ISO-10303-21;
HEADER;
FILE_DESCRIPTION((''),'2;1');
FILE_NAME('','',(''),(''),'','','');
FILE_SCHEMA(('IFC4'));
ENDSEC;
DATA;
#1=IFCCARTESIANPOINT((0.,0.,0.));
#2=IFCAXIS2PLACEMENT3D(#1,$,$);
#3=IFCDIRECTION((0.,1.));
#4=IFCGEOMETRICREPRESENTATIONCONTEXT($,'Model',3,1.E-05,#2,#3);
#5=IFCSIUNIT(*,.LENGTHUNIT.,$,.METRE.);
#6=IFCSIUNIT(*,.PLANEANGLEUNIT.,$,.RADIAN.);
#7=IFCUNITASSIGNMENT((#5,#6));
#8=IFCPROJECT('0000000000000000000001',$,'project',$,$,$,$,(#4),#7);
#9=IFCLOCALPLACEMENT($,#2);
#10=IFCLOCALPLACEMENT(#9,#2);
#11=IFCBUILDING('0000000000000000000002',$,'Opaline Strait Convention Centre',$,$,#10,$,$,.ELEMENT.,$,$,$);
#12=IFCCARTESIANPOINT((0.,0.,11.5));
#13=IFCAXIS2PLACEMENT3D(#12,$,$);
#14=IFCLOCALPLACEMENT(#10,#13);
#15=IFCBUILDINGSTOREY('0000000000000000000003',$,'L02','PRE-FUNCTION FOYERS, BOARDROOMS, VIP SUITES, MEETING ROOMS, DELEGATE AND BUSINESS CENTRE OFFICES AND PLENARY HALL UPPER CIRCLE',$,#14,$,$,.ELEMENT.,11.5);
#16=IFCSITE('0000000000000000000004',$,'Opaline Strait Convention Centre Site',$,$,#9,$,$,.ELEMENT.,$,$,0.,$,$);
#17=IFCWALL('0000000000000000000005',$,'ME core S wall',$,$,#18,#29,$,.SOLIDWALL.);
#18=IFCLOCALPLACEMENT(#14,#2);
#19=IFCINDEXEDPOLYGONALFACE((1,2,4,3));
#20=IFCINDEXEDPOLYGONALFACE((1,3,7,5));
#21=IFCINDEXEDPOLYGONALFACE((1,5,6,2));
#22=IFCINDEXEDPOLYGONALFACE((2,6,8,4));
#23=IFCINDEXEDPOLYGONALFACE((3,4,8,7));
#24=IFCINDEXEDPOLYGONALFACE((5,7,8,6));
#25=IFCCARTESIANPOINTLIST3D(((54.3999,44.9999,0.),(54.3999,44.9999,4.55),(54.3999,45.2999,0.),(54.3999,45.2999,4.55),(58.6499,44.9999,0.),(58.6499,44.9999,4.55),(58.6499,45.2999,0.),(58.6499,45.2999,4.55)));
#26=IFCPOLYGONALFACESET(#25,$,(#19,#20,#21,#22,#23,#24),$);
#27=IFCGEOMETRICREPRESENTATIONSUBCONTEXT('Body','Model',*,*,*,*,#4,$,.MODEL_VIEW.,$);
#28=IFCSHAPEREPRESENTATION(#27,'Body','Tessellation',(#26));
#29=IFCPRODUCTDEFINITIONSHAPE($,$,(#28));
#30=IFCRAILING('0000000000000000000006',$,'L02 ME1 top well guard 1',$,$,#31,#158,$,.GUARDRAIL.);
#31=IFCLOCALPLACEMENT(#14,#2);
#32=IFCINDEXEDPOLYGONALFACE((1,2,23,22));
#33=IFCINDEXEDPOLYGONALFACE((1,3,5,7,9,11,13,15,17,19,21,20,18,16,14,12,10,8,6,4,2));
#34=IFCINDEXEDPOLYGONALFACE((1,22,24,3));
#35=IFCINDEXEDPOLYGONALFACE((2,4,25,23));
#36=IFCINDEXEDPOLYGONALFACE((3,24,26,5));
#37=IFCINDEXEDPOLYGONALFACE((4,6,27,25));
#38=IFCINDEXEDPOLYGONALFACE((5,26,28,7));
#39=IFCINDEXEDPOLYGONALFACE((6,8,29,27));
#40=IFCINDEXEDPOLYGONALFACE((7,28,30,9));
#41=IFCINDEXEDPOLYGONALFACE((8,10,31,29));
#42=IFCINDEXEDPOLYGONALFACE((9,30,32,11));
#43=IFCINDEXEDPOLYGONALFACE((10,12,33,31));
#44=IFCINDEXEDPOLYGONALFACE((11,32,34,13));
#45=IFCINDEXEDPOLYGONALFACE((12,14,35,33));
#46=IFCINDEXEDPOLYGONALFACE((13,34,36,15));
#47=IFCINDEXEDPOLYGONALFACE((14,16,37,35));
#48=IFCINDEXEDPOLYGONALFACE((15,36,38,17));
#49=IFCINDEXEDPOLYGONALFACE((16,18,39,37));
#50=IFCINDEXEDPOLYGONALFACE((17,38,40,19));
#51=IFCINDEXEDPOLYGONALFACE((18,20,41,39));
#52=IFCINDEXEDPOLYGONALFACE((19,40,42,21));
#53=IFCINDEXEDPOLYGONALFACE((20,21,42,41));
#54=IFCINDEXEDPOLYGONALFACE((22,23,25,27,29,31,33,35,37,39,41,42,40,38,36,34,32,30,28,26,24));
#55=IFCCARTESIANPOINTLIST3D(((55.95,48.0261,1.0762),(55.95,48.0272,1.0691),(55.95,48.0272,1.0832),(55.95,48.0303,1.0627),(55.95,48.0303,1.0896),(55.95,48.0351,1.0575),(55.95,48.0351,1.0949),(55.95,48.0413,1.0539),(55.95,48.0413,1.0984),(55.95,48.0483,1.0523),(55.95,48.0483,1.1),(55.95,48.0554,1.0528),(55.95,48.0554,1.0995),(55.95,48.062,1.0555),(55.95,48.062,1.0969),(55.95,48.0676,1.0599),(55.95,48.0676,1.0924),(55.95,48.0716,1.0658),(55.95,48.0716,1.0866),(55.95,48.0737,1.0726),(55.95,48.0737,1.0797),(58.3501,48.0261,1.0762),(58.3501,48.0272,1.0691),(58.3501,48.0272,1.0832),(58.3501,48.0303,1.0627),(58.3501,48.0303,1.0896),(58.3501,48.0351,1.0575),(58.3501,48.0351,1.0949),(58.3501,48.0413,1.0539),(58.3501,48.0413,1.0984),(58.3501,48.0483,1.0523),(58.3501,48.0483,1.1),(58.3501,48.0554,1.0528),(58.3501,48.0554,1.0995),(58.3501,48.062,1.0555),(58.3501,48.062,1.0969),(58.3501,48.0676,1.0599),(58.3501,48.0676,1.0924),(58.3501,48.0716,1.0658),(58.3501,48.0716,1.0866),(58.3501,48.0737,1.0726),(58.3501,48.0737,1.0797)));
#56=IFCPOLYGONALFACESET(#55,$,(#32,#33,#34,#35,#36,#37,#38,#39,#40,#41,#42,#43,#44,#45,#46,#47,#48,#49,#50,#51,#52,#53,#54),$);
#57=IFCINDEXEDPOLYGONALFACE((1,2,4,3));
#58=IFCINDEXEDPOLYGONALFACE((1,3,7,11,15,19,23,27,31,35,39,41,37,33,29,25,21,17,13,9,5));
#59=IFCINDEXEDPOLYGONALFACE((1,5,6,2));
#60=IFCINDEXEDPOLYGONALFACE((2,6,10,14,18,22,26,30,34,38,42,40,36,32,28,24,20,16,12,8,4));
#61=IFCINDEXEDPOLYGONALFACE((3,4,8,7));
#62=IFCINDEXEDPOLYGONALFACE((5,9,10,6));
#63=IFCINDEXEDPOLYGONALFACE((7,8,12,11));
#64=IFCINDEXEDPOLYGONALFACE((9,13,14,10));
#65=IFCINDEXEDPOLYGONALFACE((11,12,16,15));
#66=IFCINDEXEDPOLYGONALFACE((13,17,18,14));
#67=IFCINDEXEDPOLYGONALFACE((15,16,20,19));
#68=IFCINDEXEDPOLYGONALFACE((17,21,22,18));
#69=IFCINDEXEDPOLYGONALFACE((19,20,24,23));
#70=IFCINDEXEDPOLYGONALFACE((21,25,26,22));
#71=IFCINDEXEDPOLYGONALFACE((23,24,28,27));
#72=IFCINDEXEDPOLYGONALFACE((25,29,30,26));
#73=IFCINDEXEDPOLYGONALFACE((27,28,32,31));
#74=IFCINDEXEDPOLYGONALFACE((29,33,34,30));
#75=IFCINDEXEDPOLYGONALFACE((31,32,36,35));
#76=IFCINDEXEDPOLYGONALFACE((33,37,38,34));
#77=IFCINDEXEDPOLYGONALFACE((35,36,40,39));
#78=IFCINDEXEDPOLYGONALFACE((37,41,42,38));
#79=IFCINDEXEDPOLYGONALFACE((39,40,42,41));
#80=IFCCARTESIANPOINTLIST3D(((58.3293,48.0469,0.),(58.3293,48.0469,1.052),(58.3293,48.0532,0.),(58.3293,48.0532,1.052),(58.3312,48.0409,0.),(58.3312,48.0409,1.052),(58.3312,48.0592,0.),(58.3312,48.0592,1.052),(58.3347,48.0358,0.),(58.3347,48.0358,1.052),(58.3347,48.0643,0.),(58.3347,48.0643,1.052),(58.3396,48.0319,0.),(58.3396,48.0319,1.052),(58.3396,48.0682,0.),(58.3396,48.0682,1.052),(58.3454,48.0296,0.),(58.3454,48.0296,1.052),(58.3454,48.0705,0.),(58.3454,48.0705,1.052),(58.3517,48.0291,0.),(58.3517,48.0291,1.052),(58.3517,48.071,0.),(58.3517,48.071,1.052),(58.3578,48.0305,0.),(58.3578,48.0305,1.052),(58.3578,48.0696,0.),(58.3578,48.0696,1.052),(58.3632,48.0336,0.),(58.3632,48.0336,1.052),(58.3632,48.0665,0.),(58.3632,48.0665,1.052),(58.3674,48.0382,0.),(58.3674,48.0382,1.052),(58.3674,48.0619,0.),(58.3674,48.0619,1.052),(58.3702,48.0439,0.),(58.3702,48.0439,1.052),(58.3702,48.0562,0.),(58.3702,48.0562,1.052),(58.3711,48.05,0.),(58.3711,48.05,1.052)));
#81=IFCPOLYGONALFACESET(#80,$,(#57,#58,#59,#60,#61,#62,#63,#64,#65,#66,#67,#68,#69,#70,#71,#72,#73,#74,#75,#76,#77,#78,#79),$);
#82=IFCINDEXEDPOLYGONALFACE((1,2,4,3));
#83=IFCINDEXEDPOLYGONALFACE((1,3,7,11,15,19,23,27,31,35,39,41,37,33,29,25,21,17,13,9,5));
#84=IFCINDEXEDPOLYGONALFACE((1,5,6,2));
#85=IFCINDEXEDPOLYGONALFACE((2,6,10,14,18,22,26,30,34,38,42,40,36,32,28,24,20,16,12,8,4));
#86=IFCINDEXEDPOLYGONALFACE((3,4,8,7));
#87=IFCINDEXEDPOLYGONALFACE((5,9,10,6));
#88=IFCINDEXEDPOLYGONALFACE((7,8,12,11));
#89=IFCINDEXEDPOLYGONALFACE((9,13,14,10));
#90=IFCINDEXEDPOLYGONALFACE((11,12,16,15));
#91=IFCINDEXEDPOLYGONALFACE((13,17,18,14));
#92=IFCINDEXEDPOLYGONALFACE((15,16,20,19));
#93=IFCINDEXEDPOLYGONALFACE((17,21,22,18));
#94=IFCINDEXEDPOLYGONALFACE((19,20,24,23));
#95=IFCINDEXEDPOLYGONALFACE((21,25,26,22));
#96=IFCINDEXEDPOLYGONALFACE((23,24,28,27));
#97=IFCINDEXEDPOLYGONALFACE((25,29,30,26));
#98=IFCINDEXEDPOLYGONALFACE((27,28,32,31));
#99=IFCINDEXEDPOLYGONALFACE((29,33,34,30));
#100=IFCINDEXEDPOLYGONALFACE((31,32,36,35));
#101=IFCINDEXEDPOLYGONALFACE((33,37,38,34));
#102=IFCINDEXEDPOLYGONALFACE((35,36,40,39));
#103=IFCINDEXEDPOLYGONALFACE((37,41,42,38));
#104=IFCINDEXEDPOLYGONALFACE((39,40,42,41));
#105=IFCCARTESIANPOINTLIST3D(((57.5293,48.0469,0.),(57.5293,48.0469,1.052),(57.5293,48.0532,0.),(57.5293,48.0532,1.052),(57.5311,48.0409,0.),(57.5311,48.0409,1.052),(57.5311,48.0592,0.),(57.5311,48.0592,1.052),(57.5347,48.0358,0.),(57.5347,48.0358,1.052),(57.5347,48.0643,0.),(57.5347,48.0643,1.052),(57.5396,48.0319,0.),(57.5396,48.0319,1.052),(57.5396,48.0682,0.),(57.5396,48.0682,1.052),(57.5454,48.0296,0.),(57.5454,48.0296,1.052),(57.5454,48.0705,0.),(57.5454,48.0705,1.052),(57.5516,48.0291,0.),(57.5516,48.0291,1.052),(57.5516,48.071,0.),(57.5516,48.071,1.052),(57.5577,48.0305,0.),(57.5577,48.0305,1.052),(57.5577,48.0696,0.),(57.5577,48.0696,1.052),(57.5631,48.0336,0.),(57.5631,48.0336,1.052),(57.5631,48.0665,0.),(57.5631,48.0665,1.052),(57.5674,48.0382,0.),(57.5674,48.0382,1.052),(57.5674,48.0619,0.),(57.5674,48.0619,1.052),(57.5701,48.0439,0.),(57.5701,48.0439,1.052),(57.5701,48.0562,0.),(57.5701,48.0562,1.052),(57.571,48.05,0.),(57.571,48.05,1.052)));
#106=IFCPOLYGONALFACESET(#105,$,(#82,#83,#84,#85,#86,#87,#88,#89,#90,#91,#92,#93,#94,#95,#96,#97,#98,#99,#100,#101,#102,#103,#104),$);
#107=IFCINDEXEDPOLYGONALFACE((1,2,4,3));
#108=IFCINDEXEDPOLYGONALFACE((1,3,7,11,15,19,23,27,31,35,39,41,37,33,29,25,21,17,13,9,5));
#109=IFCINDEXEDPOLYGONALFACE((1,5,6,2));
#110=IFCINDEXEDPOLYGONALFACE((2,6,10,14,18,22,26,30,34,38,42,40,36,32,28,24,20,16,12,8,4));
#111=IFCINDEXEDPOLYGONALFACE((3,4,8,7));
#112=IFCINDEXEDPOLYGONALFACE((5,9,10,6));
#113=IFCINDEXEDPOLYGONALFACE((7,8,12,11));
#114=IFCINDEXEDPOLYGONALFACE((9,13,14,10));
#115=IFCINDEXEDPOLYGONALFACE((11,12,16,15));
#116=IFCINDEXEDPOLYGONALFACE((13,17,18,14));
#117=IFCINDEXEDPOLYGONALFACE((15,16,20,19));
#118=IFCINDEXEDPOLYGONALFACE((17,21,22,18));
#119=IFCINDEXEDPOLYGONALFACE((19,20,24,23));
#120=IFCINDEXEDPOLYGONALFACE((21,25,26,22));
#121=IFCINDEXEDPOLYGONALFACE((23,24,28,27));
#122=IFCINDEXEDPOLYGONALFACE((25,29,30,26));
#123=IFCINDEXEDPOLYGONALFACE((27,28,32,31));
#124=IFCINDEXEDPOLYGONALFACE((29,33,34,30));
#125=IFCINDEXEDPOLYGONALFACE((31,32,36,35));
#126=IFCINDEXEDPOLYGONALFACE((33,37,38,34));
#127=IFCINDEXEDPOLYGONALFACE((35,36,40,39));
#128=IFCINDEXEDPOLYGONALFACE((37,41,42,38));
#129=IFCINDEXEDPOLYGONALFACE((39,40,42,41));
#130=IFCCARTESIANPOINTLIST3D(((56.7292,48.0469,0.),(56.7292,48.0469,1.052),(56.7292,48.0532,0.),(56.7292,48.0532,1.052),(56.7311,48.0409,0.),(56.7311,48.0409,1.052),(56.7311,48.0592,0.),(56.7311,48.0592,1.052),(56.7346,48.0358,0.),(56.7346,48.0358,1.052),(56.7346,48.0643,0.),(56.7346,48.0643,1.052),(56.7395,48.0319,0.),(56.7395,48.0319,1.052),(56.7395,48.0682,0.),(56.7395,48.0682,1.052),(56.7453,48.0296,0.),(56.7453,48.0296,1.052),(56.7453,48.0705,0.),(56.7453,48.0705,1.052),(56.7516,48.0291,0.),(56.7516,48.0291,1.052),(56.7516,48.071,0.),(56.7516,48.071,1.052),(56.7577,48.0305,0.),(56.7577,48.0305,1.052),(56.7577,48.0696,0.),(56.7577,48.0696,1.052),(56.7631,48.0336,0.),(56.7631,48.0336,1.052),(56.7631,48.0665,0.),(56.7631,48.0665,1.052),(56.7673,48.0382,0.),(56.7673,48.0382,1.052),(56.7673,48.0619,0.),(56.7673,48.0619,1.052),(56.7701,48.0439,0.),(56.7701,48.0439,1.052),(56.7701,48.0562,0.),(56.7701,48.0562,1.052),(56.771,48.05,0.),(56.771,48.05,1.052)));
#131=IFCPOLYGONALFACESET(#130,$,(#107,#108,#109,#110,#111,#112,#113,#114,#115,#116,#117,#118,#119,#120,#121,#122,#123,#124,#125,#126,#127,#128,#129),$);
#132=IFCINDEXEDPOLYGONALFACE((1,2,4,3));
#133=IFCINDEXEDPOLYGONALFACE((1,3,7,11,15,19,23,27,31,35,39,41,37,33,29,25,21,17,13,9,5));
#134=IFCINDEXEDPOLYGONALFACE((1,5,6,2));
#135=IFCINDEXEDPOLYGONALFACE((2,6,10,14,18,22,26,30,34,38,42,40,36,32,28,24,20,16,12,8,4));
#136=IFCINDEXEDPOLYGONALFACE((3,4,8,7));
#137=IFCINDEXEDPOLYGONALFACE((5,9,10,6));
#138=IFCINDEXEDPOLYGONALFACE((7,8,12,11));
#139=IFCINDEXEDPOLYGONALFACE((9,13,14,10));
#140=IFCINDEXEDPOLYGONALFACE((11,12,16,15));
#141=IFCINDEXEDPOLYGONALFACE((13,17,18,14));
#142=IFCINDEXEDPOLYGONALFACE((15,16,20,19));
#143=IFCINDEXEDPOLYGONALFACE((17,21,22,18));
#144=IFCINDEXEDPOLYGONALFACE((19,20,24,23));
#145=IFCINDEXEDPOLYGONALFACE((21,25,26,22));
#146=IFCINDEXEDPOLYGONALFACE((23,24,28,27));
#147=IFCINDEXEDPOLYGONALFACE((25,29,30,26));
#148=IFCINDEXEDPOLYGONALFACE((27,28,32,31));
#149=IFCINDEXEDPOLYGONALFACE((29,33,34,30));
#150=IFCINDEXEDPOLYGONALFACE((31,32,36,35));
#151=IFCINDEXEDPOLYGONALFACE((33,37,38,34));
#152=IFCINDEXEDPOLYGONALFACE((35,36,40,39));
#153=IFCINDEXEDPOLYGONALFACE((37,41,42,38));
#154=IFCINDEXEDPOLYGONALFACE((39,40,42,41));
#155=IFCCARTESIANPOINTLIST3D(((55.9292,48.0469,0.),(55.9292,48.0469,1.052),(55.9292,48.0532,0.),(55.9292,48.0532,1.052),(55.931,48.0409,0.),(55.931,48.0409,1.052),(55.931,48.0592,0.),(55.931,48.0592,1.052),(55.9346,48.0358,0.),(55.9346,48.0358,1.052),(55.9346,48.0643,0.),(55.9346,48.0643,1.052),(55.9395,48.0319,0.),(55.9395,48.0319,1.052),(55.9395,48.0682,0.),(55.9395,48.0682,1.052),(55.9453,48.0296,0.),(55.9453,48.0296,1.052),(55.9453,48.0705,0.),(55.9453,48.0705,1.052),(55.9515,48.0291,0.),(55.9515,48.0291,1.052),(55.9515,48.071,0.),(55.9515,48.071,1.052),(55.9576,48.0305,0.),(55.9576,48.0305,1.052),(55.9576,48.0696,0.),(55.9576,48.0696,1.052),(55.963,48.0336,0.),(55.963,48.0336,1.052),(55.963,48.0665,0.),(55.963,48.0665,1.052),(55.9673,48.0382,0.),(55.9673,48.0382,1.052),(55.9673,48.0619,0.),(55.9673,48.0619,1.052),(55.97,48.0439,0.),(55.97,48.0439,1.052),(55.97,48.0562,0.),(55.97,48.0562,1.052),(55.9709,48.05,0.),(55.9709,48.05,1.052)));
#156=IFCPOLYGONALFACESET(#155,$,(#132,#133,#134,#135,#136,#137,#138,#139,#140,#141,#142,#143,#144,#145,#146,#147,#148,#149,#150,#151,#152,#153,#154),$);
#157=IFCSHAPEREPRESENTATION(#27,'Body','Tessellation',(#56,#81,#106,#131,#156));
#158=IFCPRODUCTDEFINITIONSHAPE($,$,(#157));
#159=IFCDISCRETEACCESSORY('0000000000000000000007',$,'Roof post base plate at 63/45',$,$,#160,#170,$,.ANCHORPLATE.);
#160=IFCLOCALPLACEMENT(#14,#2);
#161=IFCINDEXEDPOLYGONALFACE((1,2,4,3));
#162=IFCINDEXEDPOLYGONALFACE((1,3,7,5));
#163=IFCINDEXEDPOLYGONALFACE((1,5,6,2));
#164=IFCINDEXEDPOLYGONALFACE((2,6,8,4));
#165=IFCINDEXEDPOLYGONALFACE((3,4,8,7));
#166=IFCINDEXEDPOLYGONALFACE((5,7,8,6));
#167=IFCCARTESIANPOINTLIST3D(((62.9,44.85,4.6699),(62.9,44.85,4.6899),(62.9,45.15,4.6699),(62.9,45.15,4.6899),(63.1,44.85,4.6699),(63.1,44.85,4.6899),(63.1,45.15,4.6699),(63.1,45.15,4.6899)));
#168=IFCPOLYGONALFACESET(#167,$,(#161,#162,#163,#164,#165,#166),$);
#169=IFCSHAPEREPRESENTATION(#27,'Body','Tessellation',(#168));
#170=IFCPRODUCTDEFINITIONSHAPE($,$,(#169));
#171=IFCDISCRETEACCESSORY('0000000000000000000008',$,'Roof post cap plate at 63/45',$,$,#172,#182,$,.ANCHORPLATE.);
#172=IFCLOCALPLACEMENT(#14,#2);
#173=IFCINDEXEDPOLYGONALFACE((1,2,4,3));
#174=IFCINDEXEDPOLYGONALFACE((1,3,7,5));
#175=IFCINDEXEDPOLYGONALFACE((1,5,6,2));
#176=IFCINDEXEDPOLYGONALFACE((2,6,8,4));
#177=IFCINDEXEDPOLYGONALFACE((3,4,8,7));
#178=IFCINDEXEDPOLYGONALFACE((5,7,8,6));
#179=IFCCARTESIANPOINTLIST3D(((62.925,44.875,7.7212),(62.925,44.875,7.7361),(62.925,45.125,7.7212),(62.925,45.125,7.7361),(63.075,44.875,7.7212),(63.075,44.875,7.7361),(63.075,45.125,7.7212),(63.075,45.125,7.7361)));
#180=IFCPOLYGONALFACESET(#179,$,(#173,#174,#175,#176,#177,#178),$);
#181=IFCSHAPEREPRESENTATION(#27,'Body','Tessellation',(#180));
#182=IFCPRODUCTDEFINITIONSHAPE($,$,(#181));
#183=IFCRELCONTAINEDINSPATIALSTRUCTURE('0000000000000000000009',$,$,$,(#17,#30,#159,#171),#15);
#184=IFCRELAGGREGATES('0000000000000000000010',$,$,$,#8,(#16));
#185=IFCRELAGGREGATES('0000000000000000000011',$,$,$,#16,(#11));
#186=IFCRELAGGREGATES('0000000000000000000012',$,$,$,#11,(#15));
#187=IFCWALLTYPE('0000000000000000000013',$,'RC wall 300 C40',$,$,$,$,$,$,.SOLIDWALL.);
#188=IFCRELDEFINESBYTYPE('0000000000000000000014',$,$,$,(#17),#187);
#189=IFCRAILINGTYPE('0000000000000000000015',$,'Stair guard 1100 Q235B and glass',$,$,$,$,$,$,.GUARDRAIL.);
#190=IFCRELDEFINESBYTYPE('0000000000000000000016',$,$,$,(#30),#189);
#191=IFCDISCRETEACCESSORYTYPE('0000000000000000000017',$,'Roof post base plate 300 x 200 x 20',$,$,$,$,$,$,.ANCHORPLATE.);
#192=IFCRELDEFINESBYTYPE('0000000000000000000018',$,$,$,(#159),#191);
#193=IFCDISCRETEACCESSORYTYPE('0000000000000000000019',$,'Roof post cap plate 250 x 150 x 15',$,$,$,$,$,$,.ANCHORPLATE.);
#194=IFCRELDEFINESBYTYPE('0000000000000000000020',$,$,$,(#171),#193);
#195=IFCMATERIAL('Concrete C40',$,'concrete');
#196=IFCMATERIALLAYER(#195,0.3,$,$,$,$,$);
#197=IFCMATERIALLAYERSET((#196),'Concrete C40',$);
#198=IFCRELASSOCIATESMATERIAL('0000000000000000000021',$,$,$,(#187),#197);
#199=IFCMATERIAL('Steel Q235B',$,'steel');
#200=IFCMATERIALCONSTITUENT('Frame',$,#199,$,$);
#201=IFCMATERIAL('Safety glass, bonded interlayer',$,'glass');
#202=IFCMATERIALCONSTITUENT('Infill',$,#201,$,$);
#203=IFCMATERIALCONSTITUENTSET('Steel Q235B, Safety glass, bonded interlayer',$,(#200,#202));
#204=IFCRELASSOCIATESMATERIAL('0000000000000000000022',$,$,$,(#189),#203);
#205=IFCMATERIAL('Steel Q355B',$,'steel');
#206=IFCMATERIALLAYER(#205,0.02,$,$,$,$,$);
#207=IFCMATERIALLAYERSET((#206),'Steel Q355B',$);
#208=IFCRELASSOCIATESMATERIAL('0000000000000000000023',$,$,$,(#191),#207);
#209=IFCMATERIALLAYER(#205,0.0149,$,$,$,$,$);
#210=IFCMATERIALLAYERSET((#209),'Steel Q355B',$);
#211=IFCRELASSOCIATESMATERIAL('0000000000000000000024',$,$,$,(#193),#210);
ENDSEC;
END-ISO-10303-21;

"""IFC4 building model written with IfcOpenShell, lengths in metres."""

from ifc_helpers import new_model, si_unit, direction, frame, frame_2d, origin, origin_2d, place, context, subcontext, project, spatial, rectangle, circle, extrude, material, layer, layer_set, constituent, constituent_set, type_object, element, save


model = new_model("IFC4")

# Units and contexts
model_context = context("Model", 3, precision=1e-05, world=origin(), true_north=direction((0.0, 1.0)))
body_context = subcontext(model_context, "Body", "Model", "MODEL_VIEW")
ifc_project = project(units=[si_unit("LENGTHUNIT", "METRE"), si_unit("PLANEANGLEUNIT", "RADIAN")], contexts=[model_context])

# Site, building, storey
site_placement = place(None, origin())
site = spatial("IfcSite", under=ifc_project, at=site_placement, Name="Opaline Strait Convention Centre Site", CompositionType="ELEMENT", RefElevation=0.0)
building_placement = place(site_placement, origin())
building = spatial("IfcBuilding", under=site, at=building_placement, Name="Opaline Strait Convention Centre", CompositionType="ELEMENT")
storey_placement = place(building_placement, frame((0.0, 0.0, 11.5)))
storey = spatial("IfcBuildingStorey", under=building, at=storey_placement, Name="L02", Description="PRE-FUNCTION FOYERS, BOARDROOMS, VIP SUITES, MEETING ROOMS, DELEGATE AND BUSINESS CENTRE OFFICES AND PLENARY HALL UPPER CIRCLE", CompositionType="ELEMENT", Elevation=11.5)

# Shared definitions
ifc_material_1 = material(Name="Concrete C40", Category="concrete")

# Shared definitions
ifc_material_2 = material(Name="Steel Q355B", Category="steel")

# Shared definitions
ifc_layer_1 = layer(ifc_material_1, 0.3)
ifc_layer_set_1 = layer_set([ifc_layer_1], Name="Concrete C40")
wall_type_1 = type_object("IfcWallType", Name="RC wall 300 C40", PredefinedType="SOLIDWALL", material=ifc_layer_set_1)

# Wall
wall_1_placement = place(storey_placement, frame((54.3999, 45.1499, 0.0), z_axis=(0.0, 0.0, 1.0), x_axis=(1.0, 0.0, 0.0)))
element("IfcWall", 1, at=wall_1_placement, inside=storey, type_object=wall_type_1, Name="ME core S wall", PredefinedType="SOLIDWALL", context=body_context, shape_type="SweptSolid", body=[
    extrude(rectangle(XDim=4.25, YDim=0.3, at=frame_2d((2.125, 0.0))), origin(), (0.0, 0.0, 1.0), 4.55),
])

# Railing
ifc_material_3 = material(Name="Steel Q235B", Category="steel")
ifc_constituent_1 = constituent(ifc_material_3, Name="Frame")
ifc_material_4 = material(Name="Safety glass, bonded interlayer", Category="glass")
ifc_constituent_2 = constituent(ifc_material_4, Name="Infill")
ifc_constituent_set = constituent_set(constituents=[ifc_constituent_1, ifc_constituent_2], Name="Steel Q235B, Safety glass, bonded interlayer")
railing_type = type_object("IfcRailingType", Name="Stair guard 1100 Q235B and glass", PredefinedType="GUARDRAIL", material=ifc_constituent_set)
railing_placement = place(storey_placement, frame((58.3501, 48.05, 0.0)))
element("IfcRailing", 2, at=railing_placement, inside=storey, type_object=railing_type, Name="L02 ME1 top well guard 1", PredefinedType="GUARDRAIL", context=body_context, shape_type="SweptSolid", body=[
    extrude(circle(Radius=0.0239, at=origin_2d()), frame((0.0, 0.0, 1.0762), z_axis=(-1.0, 0.0, 0.0), x_axis=(0.0, -1.0, 0.0)), (0.0, 0.0, 1.0), 2.4001),
    extrude(circle(Radius=0.021, at=origin_2d()), origin(), (0.0, 0.0, 1.0), 1.052),
    extrude(circle(Radius=0.021, at=origin_2d()), frame((-0.8, 0.0, 0.0)), (0.0, 0.0, 1.0), 1.052),
    extrude(circle(Radius=0.021, at=origin_2d()), frame((-1.6001, 0.0, 0.0)), (0.0, 0.0, 1.0), 1.052),
    extrude(circle(Radius=0.021, at=origin_2d()), frame((-2.4001, 0.0, 0.0)), (0.0, 0.0, 1.0), 1.052),
])

# Discrete accessories
ifc_layer_2 = layer(ifc_material_2, 0.02)
ifc_layer_set_2 = layer_set([ifc_layer_2], Name="Steel Q355B")
discrete_accessory_type_1 = type_object("IfcDiscreteAccessoryType", Name="Roof post base plate 300 x 200 x 20", PredefinedType="ANCHORPLATE", material=ifc_layer_set_2)
discrete_accessory_1_placement = place(storey_placement, frame((63.0, 45.0, 4.6699), z_axis=(0.0, 0.0, 1.0), x_axis=(1.0, 0.0, 0.0)))
element("IfcDiscreteAccessory", 3, at=discrete_accessory_1_placement, inside=storey, type_object=discrete_accessory_type_1, Name="Roof post base plate at 63/45", PredefinedType="ANCHORPLATE", context=body_context, shape_type="SweptSolid", body=[
    extrude(rectangle(XDim=0.2, YDim=0.3, at=origin_2d()), origin(), (0.0, 0.0, 1.0), 0.02),
])
ifc_layer_3 = layer(ifc_material_2, 0.0149)
ifc_layer_set_3 = layer_set([ifc_layer_3], Name="Steel Q355B")
discrete_accessory_type_2 = type_object("IfcDiscreteAccessoryType", Name="Roof post cap plate 250 x 150 x 15", PredefinedType="ANCHORPLATE", material=ifc_layer_set_3)
discrete_accessory_2_placement = place(storey_placement, frame((63.0, 45.0, 7.7212), z_axis=(0.0, 0.0, 1.0), x_axis=(1.0, 0.0, 0.0)))
element("IfcDiscreteAccessory", 4, at=discrete_accessory_2_placement, inside=storey, type_object=discrete_accessory_type_2, Name="Roof post cap plate at 63/45", PredefinedType="ANCHORPLATE", context=body_context, shape_type="SweptSolid", body=[
    extrude(rectangle(XDim=0.1499, YDim=0.25, at=origin_2d()), origin(), (0.0, 0.0, 1.0), 0.0149),
])

save(model, "model.ifc")
